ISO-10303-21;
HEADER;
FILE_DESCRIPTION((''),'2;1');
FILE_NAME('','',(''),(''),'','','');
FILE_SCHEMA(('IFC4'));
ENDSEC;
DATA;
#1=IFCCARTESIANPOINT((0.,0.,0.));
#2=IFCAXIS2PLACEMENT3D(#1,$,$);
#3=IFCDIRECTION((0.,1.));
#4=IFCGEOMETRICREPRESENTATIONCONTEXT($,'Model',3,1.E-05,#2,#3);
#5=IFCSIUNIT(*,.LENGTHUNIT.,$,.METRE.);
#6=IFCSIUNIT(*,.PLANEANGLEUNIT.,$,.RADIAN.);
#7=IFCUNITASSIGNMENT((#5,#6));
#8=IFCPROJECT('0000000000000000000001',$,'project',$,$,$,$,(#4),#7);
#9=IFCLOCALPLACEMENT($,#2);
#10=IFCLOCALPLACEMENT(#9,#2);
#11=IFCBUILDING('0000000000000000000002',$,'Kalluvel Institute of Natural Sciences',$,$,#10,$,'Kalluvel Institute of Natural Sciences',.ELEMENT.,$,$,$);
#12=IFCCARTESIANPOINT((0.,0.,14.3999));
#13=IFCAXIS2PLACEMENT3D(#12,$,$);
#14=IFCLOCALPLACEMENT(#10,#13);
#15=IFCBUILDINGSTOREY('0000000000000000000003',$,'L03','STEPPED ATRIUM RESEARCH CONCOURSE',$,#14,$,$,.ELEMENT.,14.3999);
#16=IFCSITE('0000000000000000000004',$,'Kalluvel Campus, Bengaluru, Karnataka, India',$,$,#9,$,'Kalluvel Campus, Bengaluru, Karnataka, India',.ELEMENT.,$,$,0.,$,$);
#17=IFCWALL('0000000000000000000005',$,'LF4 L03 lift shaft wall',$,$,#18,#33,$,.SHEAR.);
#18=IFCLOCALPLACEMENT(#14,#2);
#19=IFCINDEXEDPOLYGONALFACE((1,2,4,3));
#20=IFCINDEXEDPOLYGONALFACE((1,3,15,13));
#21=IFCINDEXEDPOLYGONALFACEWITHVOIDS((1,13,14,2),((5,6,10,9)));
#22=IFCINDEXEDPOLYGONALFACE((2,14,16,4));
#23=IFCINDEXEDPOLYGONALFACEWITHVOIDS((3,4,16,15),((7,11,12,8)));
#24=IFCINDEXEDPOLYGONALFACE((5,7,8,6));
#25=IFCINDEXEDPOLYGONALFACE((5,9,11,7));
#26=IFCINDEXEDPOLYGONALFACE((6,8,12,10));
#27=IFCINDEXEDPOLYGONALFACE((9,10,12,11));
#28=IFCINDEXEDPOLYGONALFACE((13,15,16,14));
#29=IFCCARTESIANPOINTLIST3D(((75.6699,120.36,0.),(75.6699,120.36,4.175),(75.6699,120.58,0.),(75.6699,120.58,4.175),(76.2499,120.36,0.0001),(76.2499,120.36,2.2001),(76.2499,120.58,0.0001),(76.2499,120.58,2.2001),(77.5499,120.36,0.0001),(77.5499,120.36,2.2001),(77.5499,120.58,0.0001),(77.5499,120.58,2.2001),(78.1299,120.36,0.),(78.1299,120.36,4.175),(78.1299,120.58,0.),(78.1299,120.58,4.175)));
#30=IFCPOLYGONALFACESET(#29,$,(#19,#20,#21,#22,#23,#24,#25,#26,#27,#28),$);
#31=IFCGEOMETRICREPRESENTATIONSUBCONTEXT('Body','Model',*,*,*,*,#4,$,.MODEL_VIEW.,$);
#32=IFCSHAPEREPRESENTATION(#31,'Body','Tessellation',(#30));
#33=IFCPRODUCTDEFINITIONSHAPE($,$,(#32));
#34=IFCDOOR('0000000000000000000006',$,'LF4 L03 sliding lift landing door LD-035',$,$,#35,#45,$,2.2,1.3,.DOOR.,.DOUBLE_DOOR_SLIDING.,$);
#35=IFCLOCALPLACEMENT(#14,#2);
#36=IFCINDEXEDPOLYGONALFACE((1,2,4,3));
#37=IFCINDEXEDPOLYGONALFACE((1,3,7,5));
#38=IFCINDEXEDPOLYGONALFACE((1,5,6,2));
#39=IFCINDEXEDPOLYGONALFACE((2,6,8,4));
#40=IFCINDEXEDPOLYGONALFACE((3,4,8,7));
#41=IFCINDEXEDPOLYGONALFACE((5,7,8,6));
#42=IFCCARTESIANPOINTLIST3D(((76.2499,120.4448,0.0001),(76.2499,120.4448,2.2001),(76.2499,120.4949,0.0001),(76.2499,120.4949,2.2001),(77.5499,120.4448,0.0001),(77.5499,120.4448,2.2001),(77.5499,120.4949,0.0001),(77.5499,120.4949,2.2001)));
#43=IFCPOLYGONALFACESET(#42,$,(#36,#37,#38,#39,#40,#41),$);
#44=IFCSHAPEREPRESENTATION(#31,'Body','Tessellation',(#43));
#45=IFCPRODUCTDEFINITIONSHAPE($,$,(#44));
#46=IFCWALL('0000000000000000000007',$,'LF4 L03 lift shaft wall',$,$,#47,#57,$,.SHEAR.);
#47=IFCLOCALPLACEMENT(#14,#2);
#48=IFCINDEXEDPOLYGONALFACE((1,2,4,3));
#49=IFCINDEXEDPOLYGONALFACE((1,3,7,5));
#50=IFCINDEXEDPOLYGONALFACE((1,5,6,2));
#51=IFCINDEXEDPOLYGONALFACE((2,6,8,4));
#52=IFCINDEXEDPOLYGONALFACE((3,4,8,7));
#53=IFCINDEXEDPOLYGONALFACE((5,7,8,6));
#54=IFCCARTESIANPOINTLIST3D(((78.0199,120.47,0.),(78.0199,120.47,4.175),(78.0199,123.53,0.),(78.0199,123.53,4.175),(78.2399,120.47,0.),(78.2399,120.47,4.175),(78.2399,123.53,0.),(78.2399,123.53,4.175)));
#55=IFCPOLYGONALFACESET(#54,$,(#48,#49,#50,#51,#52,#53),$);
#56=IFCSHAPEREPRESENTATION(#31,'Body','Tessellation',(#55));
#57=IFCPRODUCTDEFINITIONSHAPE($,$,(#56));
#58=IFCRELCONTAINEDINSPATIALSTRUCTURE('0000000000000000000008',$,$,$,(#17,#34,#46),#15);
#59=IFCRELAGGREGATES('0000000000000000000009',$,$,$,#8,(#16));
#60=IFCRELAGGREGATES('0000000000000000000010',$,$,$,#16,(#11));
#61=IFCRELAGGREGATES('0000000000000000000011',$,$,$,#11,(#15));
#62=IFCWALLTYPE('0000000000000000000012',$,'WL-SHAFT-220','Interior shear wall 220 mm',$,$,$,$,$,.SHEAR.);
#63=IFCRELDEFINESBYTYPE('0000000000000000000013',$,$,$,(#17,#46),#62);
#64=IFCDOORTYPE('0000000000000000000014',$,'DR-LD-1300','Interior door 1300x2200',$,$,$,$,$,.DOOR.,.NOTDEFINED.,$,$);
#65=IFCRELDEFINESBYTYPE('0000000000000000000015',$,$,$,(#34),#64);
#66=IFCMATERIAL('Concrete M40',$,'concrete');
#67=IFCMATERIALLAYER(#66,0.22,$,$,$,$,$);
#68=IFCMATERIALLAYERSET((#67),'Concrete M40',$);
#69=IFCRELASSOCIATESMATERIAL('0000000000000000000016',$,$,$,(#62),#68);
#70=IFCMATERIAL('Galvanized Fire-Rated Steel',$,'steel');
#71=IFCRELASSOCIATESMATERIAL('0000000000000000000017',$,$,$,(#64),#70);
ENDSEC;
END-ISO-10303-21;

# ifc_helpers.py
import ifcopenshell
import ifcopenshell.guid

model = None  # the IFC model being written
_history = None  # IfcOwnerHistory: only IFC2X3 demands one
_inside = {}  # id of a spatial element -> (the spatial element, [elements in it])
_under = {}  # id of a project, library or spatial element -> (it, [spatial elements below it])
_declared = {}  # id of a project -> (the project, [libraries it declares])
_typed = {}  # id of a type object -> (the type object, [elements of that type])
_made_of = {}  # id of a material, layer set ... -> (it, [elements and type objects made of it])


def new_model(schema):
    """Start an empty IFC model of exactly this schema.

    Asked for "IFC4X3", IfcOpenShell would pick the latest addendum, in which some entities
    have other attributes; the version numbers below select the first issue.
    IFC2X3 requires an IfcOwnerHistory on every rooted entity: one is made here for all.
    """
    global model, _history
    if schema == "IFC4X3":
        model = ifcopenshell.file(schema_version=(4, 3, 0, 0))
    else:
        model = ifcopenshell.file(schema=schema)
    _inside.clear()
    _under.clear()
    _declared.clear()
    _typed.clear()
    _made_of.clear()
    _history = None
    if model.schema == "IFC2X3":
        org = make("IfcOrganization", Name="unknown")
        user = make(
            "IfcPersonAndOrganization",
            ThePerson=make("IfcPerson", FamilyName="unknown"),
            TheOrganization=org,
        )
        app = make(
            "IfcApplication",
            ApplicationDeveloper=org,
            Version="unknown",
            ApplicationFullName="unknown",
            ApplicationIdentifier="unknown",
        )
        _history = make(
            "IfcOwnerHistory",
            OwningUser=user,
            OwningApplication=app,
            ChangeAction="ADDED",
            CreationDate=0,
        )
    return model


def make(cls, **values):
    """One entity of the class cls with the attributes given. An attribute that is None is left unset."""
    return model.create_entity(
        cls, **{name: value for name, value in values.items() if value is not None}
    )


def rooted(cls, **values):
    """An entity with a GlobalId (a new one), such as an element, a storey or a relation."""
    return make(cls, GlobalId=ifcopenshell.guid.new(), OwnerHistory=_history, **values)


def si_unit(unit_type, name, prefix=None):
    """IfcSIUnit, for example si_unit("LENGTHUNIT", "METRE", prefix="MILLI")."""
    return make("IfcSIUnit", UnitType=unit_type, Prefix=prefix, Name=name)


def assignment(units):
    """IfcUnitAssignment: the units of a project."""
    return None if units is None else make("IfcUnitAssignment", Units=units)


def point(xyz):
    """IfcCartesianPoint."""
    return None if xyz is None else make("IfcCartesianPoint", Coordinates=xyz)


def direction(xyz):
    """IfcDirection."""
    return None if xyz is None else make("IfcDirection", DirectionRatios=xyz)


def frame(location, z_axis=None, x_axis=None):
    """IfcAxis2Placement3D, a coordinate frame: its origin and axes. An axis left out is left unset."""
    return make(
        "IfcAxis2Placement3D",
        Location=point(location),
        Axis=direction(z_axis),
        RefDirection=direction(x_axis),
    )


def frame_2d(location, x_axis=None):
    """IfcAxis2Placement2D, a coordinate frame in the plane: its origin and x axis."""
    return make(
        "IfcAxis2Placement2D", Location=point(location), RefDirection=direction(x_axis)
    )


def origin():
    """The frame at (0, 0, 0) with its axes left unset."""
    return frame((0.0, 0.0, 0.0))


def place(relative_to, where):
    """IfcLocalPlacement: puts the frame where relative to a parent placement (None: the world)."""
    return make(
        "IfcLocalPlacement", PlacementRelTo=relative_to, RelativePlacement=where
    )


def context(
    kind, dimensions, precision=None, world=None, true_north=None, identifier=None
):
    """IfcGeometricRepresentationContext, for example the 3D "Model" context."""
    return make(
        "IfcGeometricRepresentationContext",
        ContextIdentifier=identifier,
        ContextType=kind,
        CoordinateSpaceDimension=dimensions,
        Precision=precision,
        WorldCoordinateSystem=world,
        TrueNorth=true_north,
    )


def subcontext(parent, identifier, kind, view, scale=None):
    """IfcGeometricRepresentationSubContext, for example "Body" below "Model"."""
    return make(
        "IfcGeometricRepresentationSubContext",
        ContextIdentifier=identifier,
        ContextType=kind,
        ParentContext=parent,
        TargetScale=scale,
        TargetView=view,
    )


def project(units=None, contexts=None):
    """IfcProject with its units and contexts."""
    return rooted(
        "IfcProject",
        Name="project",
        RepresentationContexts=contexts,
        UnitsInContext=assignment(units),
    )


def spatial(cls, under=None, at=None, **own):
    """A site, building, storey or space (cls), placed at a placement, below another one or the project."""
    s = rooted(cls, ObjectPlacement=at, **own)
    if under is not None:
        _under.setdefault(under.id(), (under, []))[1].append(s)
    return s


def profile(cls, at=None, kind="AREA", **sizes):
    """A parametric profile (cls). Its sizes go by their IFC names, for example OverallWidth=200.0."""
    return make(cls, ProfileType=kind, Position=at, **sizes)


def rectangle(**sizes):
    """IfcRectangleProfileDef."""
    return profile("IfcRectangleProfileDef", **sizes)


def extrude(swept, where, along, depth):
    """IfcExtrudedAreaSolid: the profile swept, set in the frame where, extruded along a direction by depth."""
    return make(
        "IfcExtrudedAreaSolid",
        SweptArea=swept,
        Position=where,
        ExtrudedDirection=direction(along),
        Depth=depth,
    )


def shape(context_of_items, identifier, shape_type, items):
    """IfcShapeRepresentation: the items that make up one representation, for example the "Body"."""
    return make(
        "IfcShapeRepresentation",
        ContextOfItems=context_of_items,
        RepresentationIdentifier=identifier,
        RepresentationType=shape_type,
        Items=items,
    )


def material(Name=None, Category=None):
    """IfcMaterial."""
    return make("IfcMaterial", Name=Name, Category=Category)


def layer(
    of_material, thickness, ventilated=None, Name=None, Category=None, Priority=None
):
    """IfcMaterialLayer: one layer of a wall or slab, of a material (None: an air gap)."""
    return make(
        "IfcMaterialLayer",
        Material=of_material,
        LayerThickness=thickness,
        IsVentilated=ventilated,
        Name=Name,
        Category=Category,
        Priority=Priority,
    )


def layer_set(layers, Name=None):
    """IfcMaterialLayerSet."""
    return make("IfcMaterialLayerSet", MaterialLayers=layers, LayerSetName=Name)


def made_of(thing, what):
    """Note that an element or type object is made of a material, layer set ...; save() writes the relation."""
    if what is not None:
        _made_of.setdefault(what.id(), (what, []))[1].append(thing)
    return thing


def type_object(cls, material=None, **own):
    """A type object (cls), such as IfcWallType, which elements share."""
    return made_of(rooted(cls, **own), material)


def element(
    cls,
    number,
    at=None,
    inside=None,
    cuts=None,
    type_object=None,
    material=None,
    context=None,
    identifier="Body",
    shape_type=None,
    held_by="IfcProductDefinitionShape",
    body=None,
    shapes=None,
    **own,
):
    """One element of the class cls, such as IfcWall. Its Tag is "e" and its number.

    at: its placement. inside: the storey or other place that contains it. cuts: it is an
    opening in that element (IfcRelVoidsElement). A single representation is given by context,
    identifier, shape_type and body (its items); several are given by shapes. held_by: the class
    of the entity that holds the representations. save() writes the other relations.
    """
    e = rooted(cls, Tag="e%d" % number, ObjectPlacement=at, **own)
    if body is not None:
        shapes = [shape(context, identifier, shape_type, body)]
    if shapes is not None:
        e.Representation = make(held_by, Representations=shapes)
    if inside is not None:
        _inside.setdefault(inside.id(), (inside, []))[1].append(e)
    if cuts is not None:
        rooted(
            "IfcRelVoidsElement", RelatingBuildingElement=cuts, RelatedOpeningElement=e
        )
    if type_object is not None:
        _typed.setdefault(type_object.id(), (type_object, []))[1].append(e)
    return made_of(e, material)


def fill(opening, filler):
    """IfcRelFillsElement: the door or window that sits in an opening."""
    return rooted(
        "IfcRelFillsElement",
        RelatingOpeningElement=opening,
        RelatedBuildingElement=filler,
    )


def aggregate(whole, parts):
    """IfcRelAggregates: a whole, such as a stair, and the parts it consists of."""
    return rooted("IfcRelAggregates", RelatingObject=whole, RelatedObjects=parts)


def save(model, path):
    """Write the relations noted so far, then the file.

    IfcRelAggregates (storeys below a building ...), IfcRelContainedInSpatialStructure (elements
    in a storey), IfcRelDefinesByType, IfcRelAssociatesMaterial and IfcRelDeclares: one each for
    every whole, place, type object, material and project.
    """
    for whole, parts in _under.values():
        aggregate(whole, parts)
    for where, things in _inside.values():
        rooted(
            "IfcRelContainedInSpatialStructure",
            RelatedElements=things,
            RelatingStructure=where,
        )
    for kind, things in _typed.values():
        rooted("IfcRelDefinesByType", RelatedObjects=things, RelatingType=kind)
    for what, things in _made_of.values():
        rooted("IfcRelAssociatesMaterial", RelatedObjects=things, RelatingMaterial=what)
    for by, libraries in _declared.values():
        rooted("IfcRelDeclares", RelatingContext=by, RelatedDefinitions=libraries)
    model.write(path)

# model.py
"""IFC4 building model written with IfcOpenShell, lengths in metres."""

from ifc_helpers import new_model, si_unit, direction, frame, frame_2d, origin, place, context, subcontext, project, spatial, rectangle, extrude, material, layer, layer_set, type_object, element, fill, save


model = new_model("IFC4")

# Units and contexts
model_context = context("Model", 3, precision=1e-05, world=origin(), true_north=direction((0.0, 1.0)))
body_context = subcontext(model_context, "Body", "Model", "MODEL_VIEW")
ifc_project = project(units=[si_unit("LENGTHUNIT", "METRE"), si_unit("PLANEANGLEUNIT", "RADIAN")], contexts=[model_context])

# Site, building, storey
site_placement = place(None, origin())
site = spatial("IfcSite", under=ifc_project, at=site_placement, Name="Kalluvel Campus, Bengaluru, Karnataka, India", LongName="Kalluvel Campus, Bengaluru, Karnataka, India", CompositionType="ELEMENT", RefElevation=0.0)
building_placement = place(site_placement, origin())
building = spatial("IfcBuilding", under=site, at=building_placement, Name="Kalluvel Institute of Natural Sciences", LongName="Kalluvel Institute of Natural Sciences", CompositionType="ELEMENT")
storey_placement = place(building_placement, frame((0.0, 0.0, 14.3999)))
storey = spatial("IfcBuildingStorey", under=building, at=storey_placement, Name="L03", Description="STEPPED ATRIUM RESEARCH CONCOURSE", CompositionType="ELEMENT", Elevation=14.3999)

# Shared definitions
ifc_material_1 = material(Name="Concrete M40", Category="concrete")

# Wall, opening, door
ifc_layer_1 = layer(ifc_material_1, 0.22)
ifc_layer_set_1 = layer_set([ifc_layer_1], Name="Concrete M40")
wall_type_1 = type_object("IfcWallType", Name="WL-SHAFT-220", Description="Interior shear wall 220 mm", PredefinedType="SHEAR", material=ifc_layer_set_1)
wall_1_placement = place(storey_placement, frame((75.6699, 120.47, 0.0), z_axis=(0.0, 0.0, 1.0), x_axis=(1.0, 0.0, 0.0)))
wall_1 = element("IfcWall", 1, at=wall_1_placement, inside=storey, type_object=wall_type_1, Name="LF4 L03 lift shaft wall", PredefinedType="SHEAR", context=body_context, shape_type="SweptSolid", body=[
    extrude(rectangle(XDim=2.46, YDim=0.22, at=frame_2d((1.23, 0.0))), origin(), (0.0, 0.0, 1.0), 4.175),
])
opening_1_placement = place(wall_1_placement, frame((0.5801, 0.0, 0.0)))
opening_1 = element("IfcOpeningElement", 2, at=opening_1_placement, cuts=wall_1, PredefinedType="OPENING", context=body_context, shape_type="SweptSolid", body=[
    extrude(rectangle(XDim=1.3, YDim=2.2, at=frame_2d((0.6499, 1.1001))), frame((0.0, 0.1199, 0.0), z_axis=(0.0, -1.0, 0.0), x_axis=(1.0, 0.0, 0.0)), (0.0, 0.0, 1.0), 0.24),
])
ifc_material_2 = material(Name="Galvanized Fire-Rated Steel", Category="steel")
door_type_1 = type_object("IfcDoorType", Name="DR-LD-1300", Description="Interior door 1300x2200", OperationType="NOTDEFINED", PredefinedType="DOOR", material=ifc_material_2)
door_1_placement = place(opening_1_placement, origin())
door_1 = element("IfcDoor", 3, at=door_1_placement, inside=storey, type_object=door_type_1, Name="LF4 L03 sliding lift landing door LD-035", OperationType="DOUBLE_DOOR_SLIDING", OverallHeight=2.2, OverallWidth=1.3, PredefinedType="DOOR", context=body_context, shape_type="SweptSolid", body=[
    extrude(rectangle(XDim=1.3, YDim=2.2, at=frame_2d((0.6499, 1.1001))), frame((0.0, 0.0249, 0.0), z_axis=(0.0, -1.0, 0.0), x_axis=(1.0, 0.0, 0.0)), (0.0, 0.0, 1.0), 0.05),
])
fill(opening_1, door_1)

# Wall
wall_2_placement = place(storey_placement, frame((78.1299, 120.47, 0.0), z_axis=(0.0, 0.0, 1.0), x_axis=(0.0, 1.0, 0.0)))
element("IfcWall", 4, at=wall_2_placement, inside=storey, type_object=wall_type_1, Name="LF4 L03 lift shaft wall", PredefinedType="SHEAR", context=body_context, shape_type="SweptSolid", body=[
    extrude(rectangle(XDim=3.0601, YDim=0.22, at=frame_2d((1.53, 0.0))), origin(), (0.0, 0.0, 1.0), 4.175),
])

save(model, "model.ifc")
